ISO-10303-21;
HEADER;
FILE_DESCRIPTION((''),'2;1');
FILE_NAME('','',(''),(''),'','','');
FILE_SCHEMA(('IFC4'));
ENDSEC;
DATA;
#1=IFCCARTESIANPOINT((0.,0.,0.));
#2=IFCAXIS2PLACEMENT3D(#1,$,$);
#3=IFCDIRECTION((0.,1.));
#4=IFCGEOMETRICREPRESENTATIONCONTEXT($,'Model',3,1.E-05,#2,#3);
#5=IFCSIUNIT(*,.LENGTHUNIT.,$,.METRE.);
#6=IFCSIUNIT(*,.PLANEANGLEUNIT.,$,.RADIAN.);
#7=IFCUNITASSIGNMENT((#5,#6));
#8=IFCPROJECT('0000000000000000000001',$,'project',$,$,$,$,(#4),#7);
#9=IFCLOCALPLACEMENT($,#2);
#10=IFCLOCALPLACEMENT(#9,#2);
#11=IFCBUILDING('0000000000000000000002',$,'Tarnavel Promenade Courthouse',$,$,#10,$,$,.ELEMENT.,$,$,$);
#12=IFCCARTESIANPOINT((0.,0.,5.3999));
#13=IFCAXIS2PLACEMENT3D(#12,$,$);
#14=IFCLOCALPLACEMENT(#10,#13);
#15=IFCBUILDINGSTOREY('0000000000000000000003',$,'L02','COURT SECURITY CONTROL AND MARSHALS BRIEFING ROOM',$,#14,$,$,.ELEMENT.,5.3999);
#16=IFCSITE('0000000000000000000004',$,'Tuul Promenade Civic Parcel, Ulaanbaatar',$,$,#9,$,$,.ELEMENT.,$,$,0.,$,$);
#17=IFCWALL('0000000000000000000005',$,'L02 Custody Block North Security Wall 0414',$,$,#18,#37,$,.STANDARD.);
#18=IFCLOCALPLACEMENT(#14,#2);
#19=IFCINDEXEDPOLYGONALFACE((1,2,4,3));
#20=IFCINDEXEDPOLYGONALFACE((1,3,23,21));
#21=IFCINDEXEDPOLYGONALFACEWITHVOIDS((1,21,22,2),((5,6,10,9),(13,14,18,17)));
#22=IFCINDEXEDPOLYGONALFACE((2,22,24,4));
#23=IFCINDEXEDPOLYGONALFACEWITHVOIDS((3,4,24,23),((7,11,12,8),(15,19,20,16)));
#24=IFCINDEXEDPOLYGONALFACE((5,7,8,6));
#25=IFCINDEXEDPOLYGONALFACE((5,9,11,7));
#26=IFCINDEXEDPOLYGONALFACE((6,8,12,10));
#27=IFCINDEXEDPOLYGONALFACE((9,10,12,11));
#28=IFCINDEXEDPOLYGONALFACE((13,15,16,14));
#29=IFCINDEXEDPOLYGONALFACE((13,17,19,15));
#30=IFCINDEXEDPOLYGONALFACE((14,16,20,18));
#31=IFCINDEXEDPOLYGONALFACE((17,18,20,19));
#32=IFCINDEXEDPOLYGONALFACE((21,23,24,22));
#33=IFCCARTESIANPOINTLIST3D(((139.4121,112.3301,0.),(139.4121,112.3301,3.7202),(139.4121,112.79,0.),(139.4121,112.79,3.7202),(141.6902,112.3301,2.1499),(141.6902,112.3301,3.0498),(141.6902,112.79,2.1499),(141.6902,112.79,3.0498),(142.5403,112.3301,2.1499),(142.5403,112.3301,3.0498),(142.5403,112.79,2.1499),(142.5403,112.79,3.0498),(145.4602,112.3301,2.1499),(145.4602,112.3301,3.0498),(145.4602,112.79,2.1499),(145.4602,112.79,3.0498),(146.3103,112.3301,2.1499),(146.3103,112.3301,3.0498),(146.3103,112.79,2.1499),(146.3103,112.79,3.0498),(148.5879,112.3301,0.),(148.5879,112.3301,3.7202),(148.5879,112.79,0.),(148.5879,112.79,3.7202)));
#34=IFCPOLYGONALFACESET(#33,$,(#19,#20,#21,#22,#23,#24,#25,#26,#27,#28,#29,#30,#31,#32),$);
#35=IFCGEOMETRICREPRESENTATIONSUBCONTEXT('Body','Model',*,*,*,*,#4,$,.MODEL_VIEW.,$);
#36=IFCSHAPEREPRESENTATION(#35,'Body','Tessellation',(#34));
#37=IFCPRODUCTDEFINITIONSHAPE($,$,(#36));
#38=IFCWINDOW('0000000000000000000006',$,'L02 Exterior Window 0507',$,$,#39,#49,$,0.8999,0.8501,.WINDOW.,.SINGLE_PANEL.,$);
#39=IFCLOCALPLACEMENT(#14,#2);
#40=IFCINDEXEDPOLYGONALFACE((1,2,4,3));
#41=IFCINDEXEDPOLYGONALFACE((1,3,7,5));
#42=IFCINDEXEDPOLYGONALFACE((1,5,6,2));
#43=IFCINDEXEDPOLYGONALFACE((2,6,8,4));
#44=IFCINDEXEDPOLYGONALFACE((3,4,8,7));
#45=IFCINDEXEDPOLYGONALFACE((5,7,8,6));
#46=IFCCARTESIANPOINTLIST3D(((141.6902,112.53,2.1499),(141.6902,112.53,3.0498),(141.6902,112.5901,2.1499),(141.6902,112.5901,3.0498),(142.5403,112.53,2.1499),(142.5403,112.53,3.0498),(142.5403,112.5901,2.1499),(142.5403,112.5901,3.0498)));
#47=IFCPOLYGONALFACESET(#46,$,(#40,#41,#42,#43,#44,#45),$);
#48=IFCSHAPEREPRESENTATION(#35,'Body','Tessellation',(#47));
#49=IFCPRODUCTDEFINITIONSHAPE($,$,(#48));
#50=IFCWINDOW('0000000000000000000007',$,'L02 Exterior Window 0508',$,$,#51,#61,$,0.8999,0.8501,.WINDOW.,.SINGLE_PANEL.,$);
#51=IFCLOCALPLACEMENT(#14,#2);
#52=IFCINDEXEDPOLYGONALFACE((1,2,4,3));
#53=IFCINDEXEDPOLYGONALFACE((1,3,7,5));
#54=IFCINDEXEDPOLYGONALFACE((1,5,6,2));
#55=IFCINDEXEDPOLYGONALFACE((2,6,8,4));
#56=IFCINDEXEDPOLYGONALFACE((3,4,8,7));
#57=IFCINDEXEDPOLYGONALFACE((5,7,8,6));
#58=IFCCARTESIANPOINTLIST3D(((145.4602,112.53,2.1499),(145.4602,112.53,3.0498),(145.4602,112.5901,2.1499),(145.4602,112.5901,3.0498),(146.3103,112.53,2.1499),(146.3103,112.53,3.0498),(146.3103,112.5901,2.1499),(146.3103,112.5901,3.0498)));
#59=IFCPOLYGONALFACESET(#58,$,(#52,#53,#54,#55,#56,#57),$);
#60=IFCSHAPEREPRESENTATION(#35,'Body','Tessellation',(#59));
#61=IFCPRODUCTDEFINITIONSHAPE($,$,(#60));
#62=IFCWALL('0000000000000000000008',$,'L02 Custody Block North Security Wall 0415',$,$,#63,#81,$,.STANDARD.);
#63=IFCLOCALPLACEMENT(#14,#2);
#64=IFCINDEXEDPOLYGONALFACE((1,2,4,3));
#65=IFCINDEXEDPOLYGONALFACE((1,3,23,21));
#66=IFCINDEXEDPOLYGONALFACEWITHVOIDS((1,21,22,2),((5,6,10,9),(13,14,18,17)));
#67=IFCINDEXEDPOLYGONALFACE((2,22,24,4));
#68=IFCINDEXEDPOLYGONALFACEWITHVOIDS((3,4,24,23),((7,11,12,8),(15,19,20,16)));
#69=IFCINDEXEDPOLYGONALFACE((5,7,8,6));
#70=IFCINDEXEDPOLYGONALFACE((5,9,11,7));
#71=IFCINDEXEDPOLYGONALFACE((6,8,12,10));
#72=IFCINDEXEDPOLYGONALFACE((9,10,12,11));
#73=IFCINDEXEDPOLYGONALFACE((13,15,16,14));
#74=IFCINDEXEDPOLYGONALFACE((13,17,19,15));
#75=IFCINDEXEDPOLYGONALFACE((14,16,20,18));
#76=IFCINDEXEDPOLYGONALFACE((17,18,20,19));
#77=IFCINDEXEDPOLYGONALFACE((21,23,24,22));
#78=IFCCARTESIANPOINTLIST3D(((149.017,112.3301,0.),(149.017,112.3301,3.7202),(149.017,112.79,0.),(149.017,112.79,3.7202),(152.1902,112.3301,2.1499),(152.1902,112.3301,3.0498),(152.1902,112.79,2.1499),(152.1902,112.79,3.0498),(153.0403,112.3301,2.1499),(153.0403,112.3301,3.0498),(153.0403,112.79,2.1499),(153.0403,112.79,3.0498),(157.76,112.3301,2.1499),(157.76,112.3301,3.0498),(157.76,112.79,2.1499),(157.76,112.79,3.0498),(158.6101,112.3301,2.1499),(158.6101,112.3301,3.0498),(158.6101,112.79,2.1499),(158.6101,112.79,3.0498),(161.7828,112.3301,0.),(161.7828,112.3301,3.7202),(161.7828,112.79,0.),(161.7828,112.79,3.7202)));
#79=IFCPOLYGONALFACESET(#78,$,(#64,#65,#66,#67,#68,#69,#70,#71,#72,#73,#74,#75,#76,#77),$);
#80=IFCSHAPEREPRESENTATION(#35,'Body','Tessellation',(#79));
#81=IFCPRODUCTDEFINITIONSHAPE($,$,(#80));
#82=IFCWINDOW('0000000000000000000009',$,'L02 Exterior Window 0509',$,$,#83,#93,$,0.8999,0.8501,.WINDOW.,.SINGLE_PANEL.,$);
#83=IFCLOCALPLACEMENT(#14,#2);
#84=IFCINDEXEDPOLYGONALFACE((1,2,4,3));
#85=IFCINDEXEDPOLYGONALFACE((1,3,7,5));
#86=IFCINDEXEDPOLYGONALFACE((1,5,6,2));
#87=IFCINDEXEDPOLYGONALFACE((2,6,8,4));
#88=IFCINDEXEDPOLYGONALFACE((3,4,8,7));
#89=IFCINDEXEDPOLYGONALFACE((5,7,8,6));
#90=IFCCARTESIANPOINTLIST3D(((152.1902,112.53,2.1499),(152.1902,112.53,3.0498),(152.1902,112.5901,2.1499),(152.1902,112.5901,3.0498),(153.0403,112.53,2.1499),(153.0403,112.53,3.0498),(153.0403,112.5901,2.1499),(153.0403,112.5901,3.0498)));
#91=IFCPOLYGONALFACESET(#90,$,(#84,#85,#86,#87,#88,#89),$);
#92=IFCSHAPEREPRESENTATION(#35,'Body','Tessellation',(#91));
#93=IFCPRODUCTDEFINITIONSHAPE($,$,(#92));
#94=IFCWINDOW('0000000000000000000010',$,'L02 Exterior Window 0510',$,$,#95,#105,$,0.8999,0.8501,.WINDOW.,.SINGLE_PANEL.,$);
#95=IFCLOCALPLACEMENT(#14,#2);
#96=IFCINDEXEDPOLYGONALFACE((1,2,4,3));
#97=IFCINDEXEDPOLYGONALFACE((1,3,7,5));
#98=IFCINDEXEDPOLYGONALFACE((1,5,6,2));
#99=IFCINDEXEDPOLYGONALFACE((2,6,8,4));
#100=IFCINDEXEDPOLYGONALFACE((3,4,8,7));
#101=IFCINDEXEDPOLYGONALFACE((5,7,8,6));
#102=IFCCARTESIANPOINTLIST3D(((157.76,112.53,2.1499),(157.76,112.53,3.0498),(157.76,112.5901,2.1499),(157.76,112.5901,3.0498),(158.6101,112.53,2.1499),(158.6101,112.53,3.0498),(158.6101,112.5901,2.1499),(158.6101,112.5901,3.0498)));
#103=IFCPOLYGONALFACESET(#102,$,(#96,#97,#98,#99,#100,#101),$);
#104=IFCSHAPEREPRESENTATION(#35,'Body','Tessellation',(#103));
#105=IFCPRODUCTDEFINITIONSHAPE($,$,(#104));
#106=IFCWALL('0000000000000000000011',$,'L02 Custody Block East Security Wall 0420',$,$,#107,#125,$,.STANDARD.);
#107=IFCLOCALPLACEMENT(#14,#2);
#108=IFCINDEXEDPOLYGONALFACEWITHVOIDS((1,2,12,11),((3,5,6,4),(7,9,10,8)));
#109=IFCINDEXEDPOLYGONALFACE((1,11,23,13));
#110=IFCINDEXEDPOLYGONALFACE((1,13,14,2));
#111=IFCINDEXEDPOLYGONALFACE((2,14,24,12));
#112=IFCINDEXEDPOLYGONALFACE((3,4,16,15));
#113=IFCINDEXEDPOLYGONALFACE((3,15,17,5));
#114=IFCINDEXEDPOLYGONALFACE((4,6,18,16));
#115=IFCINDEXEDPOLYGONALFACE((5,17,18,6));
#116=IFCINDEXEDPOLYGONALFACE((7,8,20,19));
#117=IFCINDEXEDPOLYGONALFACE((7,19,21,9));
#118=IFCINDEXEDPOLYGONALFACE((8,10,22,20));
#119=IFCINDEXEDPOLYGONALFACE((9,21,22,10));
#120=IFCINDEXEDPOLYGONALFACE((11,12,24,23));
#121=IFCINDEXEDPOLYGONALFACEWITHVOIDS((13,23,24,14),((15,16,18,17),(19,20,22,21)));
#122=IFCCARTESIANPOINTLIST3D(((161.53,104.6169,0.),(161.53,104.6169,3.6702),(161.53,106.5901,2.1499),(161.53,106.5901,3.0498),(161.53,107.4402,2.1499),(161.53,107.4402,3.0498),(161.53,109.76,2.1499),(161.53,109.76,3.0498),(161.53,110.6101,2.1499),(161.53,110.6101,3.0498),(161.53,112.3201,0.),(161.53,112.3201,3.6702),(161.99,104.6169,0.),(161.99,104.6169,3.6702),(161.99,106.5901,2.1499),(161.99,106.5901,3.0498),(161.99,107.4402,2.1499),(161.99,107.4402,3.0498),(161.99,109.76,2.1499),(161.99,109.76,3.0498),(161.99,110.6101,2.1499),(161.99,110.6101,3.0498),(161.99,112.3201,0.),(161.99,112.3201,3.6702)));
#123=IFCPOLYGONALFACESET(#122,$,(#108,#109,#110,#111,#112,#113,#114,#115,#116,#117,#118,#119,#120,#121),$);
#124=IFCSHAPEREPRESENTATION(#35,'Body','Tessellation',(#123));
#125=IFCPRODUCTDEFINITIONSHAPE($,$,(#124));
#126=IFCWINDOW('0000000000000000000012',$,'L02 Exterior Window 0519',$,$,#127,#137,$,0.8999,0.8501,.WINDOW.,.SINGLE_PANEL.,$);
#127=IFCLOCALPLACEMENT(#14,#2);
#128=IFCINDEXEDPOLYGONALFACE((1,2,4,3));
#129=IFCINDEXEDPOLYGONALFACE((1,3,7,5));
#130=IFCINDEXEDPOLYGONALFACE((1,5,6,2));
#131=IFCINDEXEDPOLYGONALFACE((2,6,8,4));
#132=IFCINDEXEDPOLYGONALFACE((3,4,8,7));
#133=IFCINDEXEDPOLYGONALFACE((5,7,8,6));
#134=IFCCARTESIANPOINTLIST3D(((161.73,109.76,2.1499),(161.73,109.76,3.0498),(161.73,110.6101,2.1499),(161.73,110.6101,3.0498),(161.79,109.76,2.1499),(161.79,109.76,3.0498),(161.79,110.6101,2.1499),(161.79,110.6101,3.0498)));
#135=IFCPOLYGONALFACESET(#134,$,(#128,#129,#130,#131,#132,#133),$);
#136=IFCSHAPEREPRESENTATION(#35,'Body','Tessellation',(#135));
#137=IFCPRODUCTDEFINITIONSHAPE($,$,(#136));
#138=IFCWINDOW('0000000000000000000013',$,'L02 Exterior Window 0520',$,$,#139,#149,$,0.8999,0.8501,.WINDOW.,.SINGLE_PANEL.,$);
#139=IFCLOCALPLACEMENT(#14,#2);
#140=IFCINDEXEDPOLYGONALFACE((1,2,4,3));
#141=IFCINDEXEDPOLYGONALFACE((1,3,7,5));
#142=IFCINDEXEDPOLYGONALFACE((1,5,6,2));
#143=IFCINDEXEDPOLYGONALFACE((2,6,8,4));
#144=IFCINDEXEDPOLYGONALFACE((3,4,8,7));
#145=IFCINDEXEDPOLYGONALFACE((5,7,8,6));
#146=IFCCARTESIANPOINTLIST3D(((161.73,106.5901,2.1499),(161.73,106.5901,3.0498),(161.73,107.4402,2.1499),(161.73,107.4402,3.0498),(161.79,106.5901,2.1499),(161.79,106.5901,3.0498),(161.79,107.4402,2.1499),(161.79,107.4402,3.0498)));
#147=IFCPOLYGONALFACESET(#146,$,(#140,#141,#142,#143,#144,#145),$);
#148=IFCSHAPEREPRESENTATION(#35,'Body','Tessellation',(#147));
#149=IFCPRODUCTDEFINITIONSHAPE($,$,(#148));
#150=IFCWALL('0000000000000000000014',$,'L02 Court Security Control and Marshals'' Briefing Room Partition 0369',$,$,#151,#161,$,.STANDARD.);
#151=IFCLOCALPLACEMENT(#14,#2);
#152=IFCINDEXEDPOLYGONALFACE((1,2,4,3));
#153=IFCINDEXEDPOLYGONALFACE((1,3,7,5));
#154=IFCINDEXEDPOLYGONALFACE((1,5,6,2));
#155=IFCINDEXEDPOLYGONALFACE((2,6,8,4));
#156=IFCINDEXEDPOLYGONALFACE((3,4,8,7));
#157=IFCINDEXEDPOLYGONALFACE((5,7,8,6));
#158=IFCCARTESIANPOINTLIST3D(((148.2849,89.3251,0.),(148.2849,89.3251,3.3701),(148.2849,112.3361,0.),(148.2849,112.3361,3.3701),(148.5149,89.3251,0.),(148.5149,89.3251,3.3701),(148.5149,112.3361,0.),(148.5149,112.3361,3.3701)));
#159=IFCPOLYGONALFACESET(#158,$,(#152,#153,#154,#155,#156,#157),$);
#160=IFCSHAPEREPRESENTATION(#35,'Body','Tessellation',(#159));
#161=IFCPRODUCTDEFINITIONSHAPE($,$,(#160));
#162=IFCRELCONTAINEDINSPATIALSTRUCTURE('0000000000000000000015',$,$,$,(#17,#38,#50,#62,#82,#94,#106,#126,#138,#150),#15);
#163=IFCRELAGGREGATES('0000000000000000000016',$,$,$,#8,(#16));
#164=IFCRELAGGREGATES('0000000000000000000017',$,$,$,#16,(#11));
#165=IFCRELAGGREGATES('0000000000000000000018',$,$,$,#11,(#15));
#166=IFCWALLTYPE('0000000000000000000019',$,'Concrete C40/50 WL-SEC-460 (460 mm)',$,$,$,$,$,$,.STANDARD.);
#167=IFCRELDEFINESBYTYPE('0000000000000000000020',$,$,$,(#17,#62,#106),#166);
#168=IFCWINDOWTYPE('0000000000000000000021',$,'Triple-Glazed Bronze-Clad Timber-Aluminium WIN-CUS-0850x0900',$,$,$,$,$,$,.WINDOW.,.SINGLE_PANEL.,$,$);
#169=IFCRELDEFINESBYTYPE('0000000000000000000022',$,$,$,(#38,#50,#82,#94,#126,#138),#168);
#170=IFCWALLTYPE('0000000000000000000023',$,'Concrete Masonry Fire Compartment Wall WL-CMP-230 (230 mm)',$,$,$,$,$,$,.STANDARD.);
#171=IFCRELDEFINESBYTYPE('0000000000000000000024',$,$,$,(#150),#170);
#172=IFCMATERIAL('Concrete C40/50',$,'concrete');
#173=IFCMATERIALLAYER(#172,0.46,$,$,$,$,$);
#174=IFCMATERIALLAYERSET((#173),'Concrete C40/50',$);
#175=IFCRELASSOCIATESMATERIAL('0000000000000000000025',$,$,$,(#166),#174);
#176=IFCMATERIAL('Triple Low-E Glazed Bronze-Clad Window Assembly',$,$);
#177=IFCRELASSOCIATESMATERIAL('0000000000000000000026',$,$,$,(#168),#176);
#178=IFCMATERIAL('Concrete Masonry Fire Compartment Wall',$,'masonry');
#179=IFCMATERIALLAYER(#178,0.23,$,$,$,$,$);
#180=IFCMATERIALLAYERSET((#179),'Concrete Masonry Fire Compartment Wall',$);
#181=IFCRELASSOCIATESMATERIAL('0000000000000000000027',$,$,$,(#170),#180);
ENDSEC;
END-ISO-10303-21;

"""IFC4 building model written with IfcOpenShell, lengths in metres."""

from ifc_helpers import new_model, si_unit, direction, frame, frame_2d, origin, place, context, subcontext, project, spatial, rectangle, extrude, material, layer, layer_set, type_object, element, fill, save


model = new_model("IFC4")

# Units and contexts
model_context = context("Model", 3, precision=1e-05, world=origin(), true_north=direction((0.0, 1.0)))
body_context = subcontext(model_context, "Body", "Model", "MODEL_VIEW")
ifc_project = project(units=[si_unit("LENGTHUNIT", "METRE"), si_unit("PLANEANGLEUNIT", "RADIAN")], contexts=[model_context])

# Site, building, storey
site_placement = place(None, origin())
site = spatial("IfcSite", under=ifc_project, at=site_placement, Name="Tuul Promenade Civic Parcel, Ulaanbaatar", CompositionType="ELEMENT", RefElevation=0.0)
building_placement = place(site_placement, origin())
building = spatial("IfcBuilding", under=site, at=building_placement, Name="Tarnavel Promenade Courthouse", CompositionType="ELEMENT")
storey_placement = place(building_placement, frame((0.0, 0.0, 5.3999)))
storey = spatial("IfcBuildingStorey", under=building, at=storey_placement, Name="L02", Description="COURT SECURITY CONTROL AND MARSHALS BRIEFING ROOM", CompositionType="ELEMENT", Elevation=5.3999)

# Shared definitions
ifc_material_1 = material(Name="Concrete C40/50", Category="concrete")

# Walls, openings, windows
ifc_layer_1 = layer(ifc_material_1, 0.46)
ifc_layer_set_1 = layer_set([ifc_layer_1], Name="Concrete C40/50")
wall_type_1 = type_object("IfcWallType", Name="Concrete C40/50 WL-SEC-460 (460 mm)", PredefinedType="STANDARD", material=ifc_layer_set_1)
wall_1_placement = place(storey_placement, frame((139.4121, 112.5601, 0.0), z_axis=(0.0, 0.0, 1.0), x_axis=(1.0, 0.0, 0.0)))
wall_1 = element("IfcWall", 1, at=wall_1_placement, inside=storey, type_object=wall_type_1, Name="L02 Custody Block North Security Wall 0414", PredefinedType="STANDARD", context=body_context, shape_type="SweptSolid", body=[
    extrude(rectangle(XDim=9.1758, YDim=0.46, at=frame_2d((4.5879, 0.0))), origin(), (0.0, 0.0, 1.0), 3.7202),
])
opening_1_placement = place(wall_1_placement, frame((2.2781, 0.0, 2.1499)))
opening_1 = element("IfcOpeningElement", 2, at=opening_1_placement, cuts=wall_1, PredefinedType="OPENING", context=body_context, shape_type="SweptSolid", body=[
    extrude(rectangle(XDim=0.8501, YDim=0.8999, at=frame_2d((0.425, 0.45))), frame((0.0, 0.24, 0.0), z_axis=(0.0, -1.0, 0.0), x_axis=(1.0, 0.0, 0.0)), (0.0, 0.0, 1.0), 0.48),
])
opening_2_placement = place(wall_1_placement, frame((6.0481, 0.0, 2.1499)))
opening_2 = element("IfcOpeningElement", 3, at=opening_2_placement, cuts=wall_1, PredefinedType="OPENING", context=body_context, shape_type="SweptSolid", body=[
    extrude(rectangle(XDim=0.8501, YDim=0.8999, at=frame_2d((0.425, 0.45))), frame((0.0, 0.24, 0.0), z_axis=(0.0, -1.0, 0.0), x_axis=(1.0, 0.0, 0.0)), (0.0, 0.0, 1.0), 0.48),
])
ifc_material_2 = material(Name="Triple Low-E Glazed Bronze-Clad Window Assembly")
window_type = type_object("IfcWindowType", Name="Triple-Glazed Bronze-Clad Timber-Aluminium WIN-CUS-0850x0900", PartitioningType="SINGLE_PANEL", PredefinedType="WINDOW", material=ifc_material_2)
window_1_placement = place(opening_1_placement, origin())
window_1 = element("IfcWindow", 4, at=window_1_placement, inside=storey, type_object=window_type, Name="L02 Exterior Window 0507", OverallHeight=0.8999, OverallWidth=0.8501, PartitioningType="SINGLE_PANEL", PredefinedType="WINDOW", context=body_context, shape_type="SweptSolid", body=[
    extrude(rectangle(XDim=0.8501, YDim=0.8999, at=frame_2d((0.425, 0.45))), frame((0.0, 0.03, 0.0), z_axis=(0.0, -1.0, 0.0), x_axis=(1.0, 0.0, 0.0)), (0.0, 0.0, 1.0), 0.0601),
])
fill(opening_1, window_1)
window_2_placement = place(opening_2_placement, origin())
window_2 = element("IfcWindow", 5, at=window_2_placement, inside=storey, type_object=window_type, Name="L02 Exterior Window 0508", OverallHeight=0.8999, OverallWidth=0.8501, PartitioningType="SINGLE_PANEL", PredefinedType="WINDOW", context=body_context, shape_type="SweptSolid", body=[
    extrude(rectangle(XDim=0.8501, YDim=0.8999, at=frame_2d((0.425, 0.45))), frame((0.0, 0.03, 0.0), z_axis=(0.0, -1.0, 0.0), x_axis=(1.0, 0.0, 0.0)), (0.0, 0.0, 1.0), 0.0601),
])
fill(opening_2, window_2)
wall_2_placement = place(storey_placement, frame((149.0171, 112.5601, 0.0), z_axis=(0.0, 0.0, 1.0), x_axis=(1.0, 0.0, 0.0)))
wall_2 = element("IfcWall", 6, at=wall_2_placement, inside=storey, type_object=wall_type_1, Name="L02 Custody Block North Security Wall 0415", PredefinedType="STANDARD", context=body_context, shape_type="SweptSolid", body=[
    extrude(rectangle(XDim=12.7659, YDim=0.46, at=frame_2d((6.3828, 0.0))), origin(), (0.0, 0.0, 1.0), 3.7202),
])
opening_3_placement = place(wall_2_placement, frame((3.1731, 0.0, 2.1499)))
opening_3 = element("IfcOpeningElement", 7, at=opening_3_placement, cuts=wall_2, PredefinedType="OPENING", context=body_context, shape_type="SweptSolid", body=[
    extrude(rectangle(XDim=0.8501, YDim=0.8999, at=frame_2d((0.425, 0.45))), frame((0.0, 0.24, 0.0), z_axis=(0.0, -1.0, 0.0), x_axis=(1.0, 0.0, 0.0)), (0.0, 0.0, 1.0), 0.48),
])
opening_4_placement = place(wall_2_placement, frame((8.7429, 0.0, 2.1499)))
opening_4 = element("IfcOpeningElement", 8, at=opening_4_placement, cuts=wall_2, PredefinedType="OPENING", context=body_context, shape_type="SweptSolid", body=[
    extrude(rectangle(XDim=0.8501, YDim=0.8999, at=frame_2d((0.425, 0.45))), frame((0.0, 0.24, 0.0), z_axis=(0.0, -1.0, 0.0), x_axis=(1.0, 0.0, 0.0)), (0.0, 0.0, 1.0), 0.48),
])
window_3_placement = place(opening_3_placement, origin())
window_3 = element("IfcWindow", 9, at=window_3_placement, inside=storey, type_object=window_type, Name="L02 Exterior Window 0509", OverallHeight=0.8999, OverallWidth=0.8501, PartitioningType="SINGLE_PANEL", PredefinedType="WINDOW", context=body_context, shape_type="SweptSolid", body=[
    extrude(rectangle(XDim=0.8501, YDim=0.8999, at=frame_2d((0.425, 0.45))), frame((0.0, 0.03, 0.0), z_axis=(0.0, -1.0, 0.0), x_axis=(1.0, 0.0, 0.0)), (0.0, 0.0, 1.0), 0.0601),
])
fill(opening_3, window_3)
window_4_placement = place(opening_4_placement, origin())
window_4 = element("IfcWindow", 10, at=window_4_placement, inside=storey, type_object=window_type, Name="L02 Exterior Window 0510", OverallHeight=0.8999, OverallWidth=0.8501, PartitioningType="SINGLE_PANEL", PredefinedType="WINDOW", context=body_context, shape_type="SweptSolid", body=[
    extrude(rectangle(XDim=0.8501, YDim=0.8999, at=frame_2d((0.425, 0.45))), frame((0.0, 0.03, 0.0), z_axis=(0.0, -1.0, 0.0), x_axis=(1.0, 0.0, 0.0)), (0.0, 0.0, 1.0), 0.0601),
])
fill(opening_4, window_4)
wall_3_placement = place(storey_placement, frame((161.76, 112.3201, 0.0), z_axis=(0.0, 0.0, 1.0), x_axis=(0.0, -1.0, 0.0)))
wall_3 = element("IfcWall", 11, at=wall_3_placement, inside=storey, type_object=wall_type_1, Name="L02 Custody Block East Security Wall 0420", PredefinedType="STANDARD", context=body_context, shape_type="SweptSolid", body=[
    extrude(rectangle(XDim=7.7031, YDim=0.46, at=frame_2d((3.8516, 0.0))), origin(), (0.0, 0.0, 1.0), 3.6702),
])
opening_5_placement = place(wall_3_placement, frame((1.71, 0.0, 2.1499)))
opening_5 = element("IfcOpeningElement", 12, at=opening_5_placement, cuts=wall_3, PredefinedType="OPENING", context=body_context, shape_type="SweptSolid", body=[
    extrude(rectangle(XDim=0.8501, YDim=0.8999, at=frame_2d((0.425, 0.45))), frame((0.0, 0.24, 0.0), z_axis=(0.0, -1.0, 0.0), x_axis=(1.0, 0.0, 0.0)), (0.0, 0.0, 1.0), 0.48),
])
opening_6_placement = place(wall_3_placement, frame((4.8799, 0.0, 2.1499)))
opening_6 = element("IfcOpeningElement", 13, at=opening_6_placement, cuts=wall_3, PredefinedType="OPENING", context=body_context, shape_type="SweptSolid", body=[
    extrude(rectangle(XDim=0.8501, YDim=0.8999, at=frame_2d((0.425, 0.45))), frame((0.0, 0.24, 0.0), z_axis=(0.0, -1.0, 0.0), x_axis=(1.0, 0.0, 0.0)), (0.0, 0.0, 1.0), 0.48),
])
window_5_placement = place(opening_5_placement, origin())
window_5 = element("IfcWindow", 14, at=window_5_placement, inside=storey, type_object=window_type, Name="L02 Exterior Window 0519", OverallHeight=0.8999, OverallWidth=0.8501, PartitioningType="SINGLE_PANEL", PredefinedType="WINDOW", context=body_context, shape_type="SweptSolid", body=[
    extrude(rectangle(XDim=0.8501, YDim=0.8999, at=frame_2d((0.425, 0.45))), frame((0.0, 0.03, 0.0), z_axis=(0.0, -1.0, 0.0), x_axis=(1.0, 0.0, 0.0)), (0.0, 0.0, 1.0), 0.0601),
])
fill(opening_5, window_5)
window_6_placement = place(opening_6_placement, origin())
window_6 = element("IfcWindow", 15, at=window_6_placement, inside=storey, type_object=window_type, Name="L02 Exterior Window 0520", OverallHeight=0.8999, OverallWidth=0.8501, PartitioningType="SINGLE_PANEL", PredefinedType="WINDOW", context=body_context, shape_type="SweptSolid", body=[
    extrude(rectangle(XDim=0.8501, YDim=0.8999, at=frame_2d((0.425, 0.45))), frame((0.0, 0.03, 0.0), z_axis=(0.0, -1.0, 0.0), x_axis=(1.0, 0.0, 0.0)), (0.0, 0.0, 1.0), 0.0601),
])
fill(opening_6, window_6)

# Wall
ifc_material_3 = material(Name="Concrete Masonry Fire Compartment Wall", Category="masonry")
ifc_layer_2 = layer(ifc_material_3, 0.23)
ifc_layer_set_2 = layer_set([ifc_layer_2], Name="Concrete Masonry Fire Compartment Wall")
wall_type_2 = type_object("IfcWallType", Name="Concrete Masonry Fire Compartment Wall WL-CMP-230 (230 mm)", PredefinedType="STANDARD", material=ifc_layer_set_2)
wall_4_placement = place(storey_placement, frame((148.3999, 112.3359, 0.0), z_axis=(0.0, 0.0, 1.0), x_axis=(0.0, -1.0, 0.0)))
element("IfcWall", 16, at=wall_4_placement, inside=storey, type_object=wall_type_2, Name="L02 Court Security Control and Marshals' Briefing Room Partition 0369", PredefinedType="STANDARD", context=body_context, shape_type="SweptSolid", body=[
    extrude(rectangle(XDim=23.011, YDim=0.23, at=frame_2d((11.5054, 0.0))), origin(), (0.0, 0.0, 1.0), 3.3701),
])

save(model, "model.ifc")
